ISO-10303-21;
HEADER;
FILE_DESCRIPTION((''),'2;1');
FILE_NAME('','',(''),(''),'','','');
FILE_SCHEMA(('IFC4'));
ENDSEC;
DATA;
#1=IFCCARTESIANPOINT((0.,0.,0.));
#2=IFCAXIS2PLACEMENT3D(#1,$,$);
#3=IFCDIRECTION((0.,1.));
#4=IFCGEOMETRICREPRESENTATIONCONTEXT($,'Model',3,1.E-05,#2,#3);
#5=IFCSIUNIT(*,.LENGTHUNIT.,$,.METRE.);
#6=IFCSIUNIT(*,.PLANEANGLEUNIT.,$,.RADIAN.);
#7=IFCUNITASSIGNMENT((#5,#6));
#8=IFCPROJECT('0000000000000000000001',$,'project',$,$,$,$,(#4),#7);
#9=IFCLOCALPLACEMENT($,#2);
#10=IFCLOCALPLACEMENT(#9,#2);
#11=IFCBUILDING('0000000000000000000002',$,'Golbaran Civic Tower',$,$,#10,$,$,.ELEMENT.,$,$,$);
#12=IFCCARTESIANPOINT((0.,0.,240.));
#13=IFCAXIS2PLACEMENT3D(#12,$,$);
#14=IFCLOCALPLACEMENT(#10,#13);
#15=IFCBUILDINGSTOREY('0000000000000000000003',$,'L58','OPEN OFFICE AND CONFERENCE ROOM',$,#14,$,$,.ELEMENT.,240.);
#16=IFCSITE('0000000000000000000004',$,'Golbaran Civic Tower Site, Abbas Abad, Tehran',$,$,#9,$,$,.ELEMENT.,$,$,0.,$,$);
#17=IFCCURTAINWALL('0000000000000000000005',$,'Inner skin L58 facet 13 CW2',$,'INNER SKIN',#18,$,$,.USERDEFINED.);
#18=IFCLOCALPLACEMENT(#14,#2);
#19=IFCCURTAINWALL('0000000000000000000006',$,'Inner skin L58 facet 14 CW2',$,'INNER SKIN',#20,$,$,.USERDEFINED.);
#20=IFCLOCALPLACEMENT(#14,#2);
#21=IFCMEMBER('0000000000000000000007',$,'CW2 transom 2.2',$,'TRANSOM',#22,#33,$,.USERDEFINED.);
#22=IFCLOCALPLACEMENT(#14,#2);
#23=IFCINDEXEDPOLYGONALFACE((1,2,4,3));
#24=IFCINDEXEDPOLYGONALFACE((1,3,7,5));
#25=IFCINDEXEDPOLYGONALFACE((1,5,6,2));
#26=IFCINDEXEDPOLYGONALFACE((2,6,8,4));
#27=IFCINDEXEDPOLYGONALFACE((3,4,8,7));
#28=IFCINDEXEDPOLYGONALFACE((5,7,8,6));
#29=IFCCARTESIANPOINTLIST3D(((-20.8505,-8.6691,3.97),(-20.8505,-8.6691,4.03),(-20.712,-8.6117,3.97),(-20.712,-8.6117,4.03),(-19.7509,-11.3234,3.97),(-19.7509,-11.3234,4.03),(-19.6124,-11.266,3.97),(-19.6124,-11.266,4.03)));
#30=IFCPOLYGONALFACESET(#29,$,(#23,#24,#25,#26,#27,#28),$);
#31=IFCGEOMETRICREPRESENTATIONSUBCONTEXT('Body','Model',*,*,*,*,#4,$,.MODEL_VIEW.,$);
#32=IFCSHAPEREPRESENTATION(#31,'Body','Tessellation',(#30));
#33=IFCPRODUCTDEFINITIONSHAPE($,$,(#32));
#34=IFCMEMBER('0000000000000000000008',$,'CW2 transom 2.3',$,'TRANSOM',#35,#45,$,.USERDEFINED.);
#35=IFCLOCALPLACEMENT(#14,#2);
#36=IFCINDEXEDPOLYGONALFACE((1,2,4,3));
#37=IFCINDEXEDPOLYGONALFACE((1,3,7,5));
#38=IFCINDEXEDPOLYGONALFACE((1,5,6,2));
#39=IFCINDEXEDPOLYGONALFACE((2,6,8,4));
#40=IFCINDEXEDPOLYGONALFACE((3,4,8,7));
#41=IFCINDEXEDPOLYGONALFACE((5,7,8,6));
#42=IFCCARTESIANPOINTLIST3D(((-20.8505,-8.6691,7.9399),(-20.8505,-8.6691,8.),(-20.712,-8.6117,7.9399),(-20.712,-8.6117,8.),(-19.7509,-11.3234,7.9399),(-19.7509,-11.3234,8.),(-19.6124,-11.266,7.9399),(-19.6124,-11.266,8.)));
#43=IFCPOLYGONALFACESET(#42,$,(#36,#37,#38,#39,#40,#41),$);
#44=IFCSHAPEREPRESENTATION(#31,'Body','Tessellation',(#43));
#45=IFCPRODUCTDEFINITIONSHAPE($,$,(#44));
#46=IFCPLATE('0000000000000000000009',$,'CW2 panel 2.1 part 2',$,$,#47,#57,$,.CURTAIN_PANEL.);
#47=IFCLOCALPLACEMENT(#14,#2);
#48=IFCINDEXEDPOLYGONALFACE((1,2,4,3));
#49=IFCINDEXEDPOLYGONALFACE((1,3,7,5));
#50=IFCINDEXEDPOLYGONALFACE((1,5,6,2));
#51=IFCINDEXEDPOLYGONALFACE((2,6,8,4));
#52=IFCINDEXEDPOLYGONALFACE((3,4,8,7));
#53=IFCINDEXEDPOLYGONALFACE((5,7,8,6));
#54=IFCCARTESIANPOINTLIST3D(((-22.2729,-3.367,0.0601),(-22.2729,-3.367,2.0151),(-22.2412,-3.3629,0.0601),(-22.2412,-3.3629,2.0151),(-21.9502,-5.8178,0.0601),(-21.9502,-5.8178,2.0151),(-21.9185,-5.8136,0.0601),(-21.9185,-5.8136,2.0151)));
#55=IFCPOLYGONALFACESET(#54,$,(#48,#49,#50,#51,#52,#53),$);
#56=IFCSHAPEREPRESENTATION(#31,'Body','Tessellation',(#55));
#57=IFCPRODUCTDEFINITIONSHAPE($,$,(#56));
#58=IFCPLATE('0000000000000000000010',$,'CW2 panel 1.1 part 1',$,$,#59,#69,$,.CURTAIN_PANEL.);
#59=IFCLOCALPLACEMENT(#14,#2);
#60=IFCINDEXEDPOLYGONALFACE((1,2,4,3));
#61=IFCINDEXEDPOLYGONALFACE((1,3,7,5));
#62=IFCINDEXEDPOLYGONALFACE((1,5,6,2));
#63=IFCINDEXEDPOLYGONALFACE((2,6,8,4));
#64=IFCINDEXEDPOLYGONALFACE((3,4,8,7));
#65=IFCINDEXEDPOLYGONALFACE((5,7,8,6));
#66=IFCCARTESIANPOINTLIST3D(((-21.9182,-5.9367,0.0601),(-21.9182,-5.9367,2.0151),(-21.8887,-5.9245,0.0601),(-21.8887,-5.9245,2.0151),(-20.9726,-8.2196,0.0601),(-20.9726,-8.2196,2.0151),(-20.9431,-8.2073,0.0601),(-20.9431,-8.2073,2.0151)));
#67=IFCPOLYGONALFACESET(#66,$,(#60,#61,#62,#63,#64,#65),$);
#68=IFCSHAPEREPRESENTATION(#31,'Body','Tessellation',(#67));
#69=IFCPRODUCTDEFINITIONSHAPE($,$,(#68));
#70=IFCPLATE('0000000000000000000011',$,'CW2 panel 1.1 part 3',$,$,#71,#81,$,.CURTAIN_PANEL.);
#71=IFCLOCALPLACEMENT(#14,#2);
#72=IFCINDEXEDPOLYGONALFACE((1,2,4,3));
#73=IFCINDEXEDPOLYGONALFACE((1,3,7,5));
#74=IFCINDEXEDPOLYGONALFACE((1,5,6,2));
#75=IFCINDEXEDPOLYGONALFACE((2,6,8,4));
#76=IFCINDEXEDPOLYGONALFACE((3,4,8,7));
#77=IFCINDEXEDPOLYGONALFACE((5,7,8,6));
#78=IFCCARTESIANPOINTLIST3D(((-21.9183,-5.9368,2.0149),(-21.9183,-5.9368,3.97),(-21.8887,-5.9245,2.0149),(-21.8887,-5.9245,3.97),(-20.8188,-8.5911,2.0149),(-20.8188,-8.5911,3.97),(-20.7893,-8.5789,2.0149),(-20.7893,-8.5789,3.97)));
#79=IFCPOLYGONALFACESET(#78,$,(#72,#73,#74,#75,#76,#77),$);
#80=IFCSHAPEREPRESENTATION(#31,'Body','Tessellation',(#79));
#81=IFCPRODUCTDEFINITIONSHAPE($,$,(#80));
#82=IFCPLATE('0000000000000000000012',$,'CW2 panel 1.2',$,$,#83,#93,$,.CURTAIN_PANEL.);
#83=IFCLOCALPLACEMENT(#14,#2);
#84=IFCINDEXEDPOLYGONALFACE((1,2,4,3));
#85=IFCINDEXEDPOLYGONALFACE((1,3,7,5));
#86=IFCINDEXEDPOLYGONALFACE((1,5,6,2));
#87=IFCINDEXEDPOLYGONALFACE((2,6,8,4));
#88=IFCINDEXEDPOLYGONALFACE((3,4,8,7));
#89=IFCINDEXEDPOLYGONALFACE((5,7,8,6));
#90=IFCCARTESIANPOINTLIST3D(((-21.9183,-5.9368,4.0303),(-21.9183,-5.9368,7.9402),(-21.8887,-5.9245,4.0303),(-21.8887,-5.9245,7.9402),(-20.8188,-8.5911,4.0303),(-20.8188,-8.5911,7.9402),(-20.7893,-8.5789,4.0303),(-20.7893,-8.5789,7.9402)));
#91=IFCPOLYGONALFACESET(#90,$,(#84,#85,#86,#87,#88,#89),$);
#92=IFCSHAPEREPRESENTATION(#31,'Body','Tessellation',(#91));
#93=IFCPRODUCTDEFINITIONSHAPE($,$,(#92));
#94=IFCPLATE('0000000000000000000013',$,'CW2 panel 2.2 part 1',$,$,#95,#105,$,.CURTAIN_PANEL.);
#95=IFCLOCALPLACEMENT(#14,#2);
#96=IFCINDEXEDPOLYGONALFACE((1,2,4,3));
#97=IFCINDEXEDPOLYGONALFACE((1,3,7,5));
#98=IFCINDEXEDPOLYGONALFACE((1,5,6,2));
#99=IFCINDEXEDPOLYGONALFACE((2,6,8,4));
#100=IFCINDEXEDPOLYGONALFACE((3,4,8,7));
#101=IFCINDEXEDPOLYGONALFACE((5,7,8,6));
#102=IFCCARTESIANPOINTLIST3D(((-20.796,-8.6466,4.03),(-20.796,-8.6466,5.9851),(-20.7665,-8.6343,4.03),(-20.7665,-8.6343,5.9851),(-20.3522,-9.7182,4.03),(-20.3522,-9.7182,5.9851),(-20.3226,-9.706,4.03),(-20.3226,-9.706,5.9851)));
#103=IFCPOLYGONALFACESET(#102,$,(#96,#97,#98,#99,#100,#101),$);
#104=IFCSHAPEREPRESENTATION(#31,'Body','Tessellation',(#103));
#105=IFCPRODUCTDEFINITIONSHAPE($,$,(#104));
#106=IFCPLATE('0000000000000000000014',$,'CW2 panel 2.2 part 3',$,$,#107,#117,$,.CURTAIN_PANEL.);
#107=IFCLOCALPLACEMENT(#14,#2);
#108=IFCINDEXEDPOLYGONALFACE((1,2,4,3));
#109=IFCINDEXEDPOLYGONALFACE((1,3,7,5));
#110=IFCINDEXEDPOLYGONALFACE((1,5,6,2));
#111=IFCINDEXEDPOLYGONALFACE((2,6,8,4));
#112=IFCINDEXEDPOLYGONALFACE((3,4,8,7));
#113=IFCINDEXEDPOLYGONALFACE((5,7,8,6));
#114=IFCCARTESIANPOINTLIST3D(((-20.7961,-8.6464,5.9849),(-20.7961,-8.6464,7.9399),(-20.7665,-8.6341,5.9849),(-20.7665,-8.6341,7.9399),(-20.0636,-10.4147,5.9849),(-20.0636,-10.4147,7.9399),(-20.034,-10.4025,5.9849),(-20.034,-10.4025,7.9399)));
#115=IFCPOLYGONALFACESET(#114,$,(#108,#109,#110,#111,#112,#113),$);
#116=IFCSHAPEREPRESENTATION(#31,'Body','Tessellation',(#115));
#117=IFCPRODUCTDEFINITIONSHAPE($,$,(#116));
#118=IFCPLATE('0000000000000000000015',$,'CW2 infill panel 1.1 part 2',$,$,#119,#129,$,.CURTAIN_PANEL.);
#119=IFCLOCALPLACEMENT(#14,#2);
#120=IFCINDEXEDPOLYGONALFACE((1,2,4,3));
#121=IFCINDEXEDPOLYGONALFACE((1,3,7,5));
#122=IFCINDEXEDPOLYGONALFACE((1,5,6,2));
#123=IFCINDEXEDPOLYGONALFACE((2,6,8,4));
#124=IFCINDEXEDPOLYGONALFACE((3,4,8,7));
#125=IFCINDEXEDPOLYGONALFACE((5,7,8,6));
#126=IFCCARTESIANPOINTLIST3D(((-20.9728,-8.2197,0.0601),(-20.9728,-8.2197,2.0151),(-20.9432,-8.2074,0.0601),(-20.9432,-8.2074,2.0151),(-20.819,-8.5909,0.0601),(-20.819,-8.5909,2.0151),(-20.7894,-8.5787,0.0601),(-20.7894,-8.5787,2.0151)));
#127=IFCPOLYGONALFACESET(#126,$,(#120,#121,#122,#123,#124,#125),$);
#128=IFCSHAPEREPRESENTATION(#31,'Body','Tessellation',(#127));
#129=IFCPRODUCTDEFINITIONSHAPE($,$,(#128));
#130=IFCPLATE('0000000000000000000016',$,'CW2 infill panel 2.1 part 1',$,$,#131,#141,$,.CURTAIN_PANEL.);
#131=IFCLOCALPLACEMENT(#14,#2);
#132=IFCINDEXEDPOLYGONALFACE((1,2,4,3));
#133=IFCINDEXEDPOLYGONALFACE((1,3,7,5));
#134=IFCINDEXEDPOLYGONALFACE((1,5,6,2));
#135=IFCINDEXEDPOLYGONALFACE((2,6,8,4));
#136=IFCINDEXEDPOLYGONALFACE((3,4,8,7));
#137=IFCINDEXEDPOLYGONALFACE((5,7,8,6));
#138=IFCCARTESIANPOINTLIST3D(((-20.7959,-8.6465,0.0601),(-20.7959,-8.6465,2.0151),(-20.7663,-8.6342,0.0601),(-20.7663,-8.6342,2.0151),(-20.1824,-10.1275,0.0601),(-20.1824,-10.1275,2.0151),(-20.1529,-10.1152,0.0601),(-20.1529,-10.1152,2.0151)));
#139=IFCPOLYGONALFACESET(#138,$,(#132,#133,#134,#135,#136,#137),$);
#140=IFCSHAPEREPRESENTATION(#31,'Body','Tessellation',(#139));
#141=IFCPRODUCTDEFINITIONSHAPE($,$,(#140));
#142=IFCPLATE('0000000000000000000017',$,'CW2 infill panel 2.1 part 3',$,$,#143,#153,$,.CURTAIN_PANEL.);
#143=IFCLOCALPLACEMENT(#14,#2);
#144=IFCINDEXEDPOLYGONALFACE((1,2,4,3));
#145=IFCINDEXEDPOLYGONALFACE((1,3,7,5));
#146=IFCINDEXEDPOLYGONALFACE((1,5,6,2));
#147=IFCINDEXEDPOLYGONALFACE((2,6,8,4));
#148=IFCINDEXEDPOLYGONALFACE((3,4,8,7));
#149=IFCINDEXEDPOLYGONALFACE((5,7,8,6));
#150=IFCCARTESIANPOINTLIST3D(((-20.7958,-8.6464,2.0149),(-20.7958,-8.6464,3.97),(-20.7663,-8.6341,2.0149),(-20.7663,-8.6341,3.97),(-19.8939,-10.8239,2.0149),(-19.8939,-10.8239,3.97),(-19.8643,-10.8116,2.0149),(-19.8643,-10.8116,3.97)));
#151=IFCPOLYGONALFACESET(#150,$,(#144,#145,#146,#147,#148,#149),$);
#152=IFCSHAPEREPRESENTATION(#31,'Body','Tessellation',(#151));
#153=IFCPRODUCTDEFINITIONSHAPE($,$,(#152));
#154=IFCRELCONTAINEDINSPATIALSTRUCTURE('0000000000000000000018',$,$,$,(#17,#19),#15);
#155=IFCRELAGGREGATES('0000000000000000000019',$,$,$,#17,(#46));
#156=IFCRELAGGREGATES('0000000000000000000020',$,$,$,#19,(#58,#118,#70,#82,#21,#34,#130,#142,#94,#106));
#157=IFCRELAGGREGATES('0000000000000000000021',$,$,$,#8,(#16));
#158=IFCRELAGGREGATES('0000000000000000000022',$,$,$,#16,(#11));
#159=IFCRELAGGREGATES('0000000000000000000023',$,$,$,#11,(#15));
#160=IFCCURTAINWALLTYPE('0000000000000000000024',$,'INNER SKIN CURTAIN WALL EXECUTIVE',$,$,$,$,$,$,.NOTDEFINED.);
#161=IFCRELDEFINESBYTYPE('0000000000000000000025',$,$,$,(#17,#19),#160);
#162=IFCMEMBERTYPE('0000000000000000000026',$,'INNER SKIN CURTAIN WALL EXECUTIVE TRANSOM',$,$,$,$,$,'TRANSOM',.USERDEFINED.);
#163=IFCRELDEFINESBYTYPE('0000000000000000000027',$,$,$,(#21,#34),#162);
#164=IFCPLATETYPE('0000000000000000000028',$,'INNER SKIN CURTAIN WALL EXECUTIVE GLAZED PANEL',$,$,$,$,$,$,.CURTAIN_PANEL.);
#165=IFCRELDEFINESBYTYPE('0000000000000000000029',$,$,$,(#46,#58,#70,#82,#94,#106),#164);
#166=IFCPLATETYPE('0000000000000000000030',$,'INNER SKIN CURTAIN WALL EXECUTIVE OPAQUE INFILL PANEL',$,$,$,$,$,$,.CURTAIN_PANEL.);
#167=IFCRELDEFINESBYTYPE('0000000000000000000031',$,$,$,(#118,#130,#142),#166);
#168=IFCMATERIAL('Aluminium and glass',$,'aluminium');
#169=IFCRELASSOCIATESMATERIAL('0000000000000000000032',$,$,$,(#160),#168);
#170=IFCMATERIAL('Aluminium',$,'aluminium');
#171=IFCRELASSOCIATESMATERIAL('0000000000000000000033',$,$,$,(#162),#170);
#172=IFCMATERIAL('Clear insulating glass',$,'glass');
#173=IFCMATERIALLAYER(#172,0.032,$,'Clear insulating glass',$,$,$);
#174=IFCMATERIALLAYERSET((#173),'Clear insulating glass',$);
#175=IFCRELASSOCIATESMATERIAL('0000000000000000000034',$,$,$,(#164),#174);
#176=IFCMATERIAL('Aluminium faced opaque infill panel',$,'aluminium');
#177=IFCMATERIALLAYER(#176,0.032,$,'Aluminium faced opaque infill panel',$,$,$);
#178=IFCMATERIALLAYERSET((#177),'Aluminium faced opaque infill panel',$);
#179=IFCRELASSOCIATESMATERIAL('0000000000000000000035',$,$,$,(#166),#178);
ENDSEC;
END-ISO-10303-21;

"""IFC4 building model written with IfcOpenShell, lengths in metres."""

from ifc_helpers import new_model, si_unit, direction, frame, origin, origin_2d, place, context, subcontext, project, spatial, rectangle, extrude, material, layer, layer_set, material_profile, profile_set, type_object, element, aggregate, save


model = new_model("IFC4")

# Units and contexts
model_context = context("Model", 3, precision=1e-05, world=origin(), true_north=direction((0.0, 1.0)))
body_context = subcontext(model_context, "Body", "Model", "MODEL_VIEW")
ifc_project = project(units=[si_unit("LENGTHUNIT", "METRE"), si_unit("PLANEANGLEUNIT", "RADIAN")], contexts=[model_context])

# Site, building, storey
site_placement = place(None, origin())
site = spatial("IfcSite", under=ifc_project, at=site_placement, Name="Golbaran Civic Tower Site, Abbas Abad, Tehran", CompositionType="ELEMENT", RefElevation=0.0)
building_placement = place(site_placement, origin())
building = spatial("IfcBuilding", under=site, at=building_placement, Name="Golbaran Civic Tower", CompositionType="ELEMENT")
storey_placement = place(building_placement, frame((0.0, 0.0, 240.0)))
storey = spatial("IfcBuildingStorey", under=building, at=storey_placement, Name="L58", Description="OPEN OFFICE AND CONFERENCE ROOM", CompositionType="ELEMENT", Elevation=240.0)

# Curtain wall
ifc_material_1 = material(Name="Aluminium and glass", Category="aluminium")
curtain_wall_type = type_object("IfcCurtainWallType", Name="INNER SKIN CURTAIN WALL EXECUTIVE", PredefinedType="NOTDEFINED", material=ifc_material_1)
curtain_wall_1_placement = place(storey_placement, origin())
curtain_wall_1 = element("IfcCurtainWall", 1, at=curtain_wall_1_placement, inside=storey, type_object=curtain_wall_type, Name="Inner skin L58 facet 13 CW2", ObjectType="INNER SKIN", PredefinedType="USERDEFINED")
ifc_material_2 = material(Name="Aluminium", Category="aluminium")

# Curtain wall, members
curtain_wall_2_placement = place(storey_placement, origin())
curtain_wall_2 = element("IfcCurtainWall", 2, at=curtain_wall_2_placement, inside=storey, type_object=curtain_wall_type, Name="Inner skin L58 facet 14 CW2", ObjectType="INNER SKIN", PredefinedType="USERDEFINED")
ifc_material_profile_1 = material_profile(ifc_material_2, rectangle(XDim=0.1499, YDim=0.0601, at=origin_2d()), Name="INNER SKIN CURTAIN WALL EXECUTIVE TRANSOM")
ifc_profile_set_1 = profile_set([ifc_material_profile_1], Name="Aluminium")
member_type_1 = type_object("IfcMemberType", Name="INNER SKIN CURTAIN WALL EXECUTIVE TRANSOM", ElementType="TRANSOM", PredefinedType="USERDEFINED", material=ifc_profile_set_1)
member_1_placement = place(storey_placement, frame((-20.7812, -8.6404, 4.0), z_axis=(0.382732, -0.923859, 0.0), x_axis=(0.923859, 0.382732, 0.0)))
member_1 = element("IfcMember", 3, at=member_1_placement, type_object=member_type_1, Name="CW2 transom 2.2", ObjectType="TRANSOM", PredefinedType="USERDEFINED", context=body_context, shape_type="SweptSolid", body=[
    extrude(rectangle(XDim=0.1499, YDim=0.0601, at=origin_2d()), origin(), (0.0, 0.0, 1.0), 2.873),
])
member_2_placement = place(storey_placement, frame((-20.7812, -8.6404, 7.97), z_axis=(0.382732, -0.923859, 0.0), x_axis=(0.923859, 0.382732, 0.0)))
member_2 = element("IfcMember", 4, at=member_2_placement, type_object=member_type_1, Name="CW2 transom 2.3", ObjectType="TRANSOM", PredefinedType="USERDEFINED", context=body_context, shape_type="SweptSolid", body=[
    extrude(rectangle(XDim=0.1499, YDim=0.0601, at=origin_2d()), origin(), (0.0, 0.0, 1.0), 2.873),
])

# Plates
ifc_material_3 = material(Name="Clear insulating glass", Category="glass")
ifc_layer_1 = layer(ifc_material_3, 0.032, Name="Clear insulating glass")
ifc_layer_set_1 = layer_set([ifc_layer_1], Name="Clear insulating glass")
plate_type_1 = type_object("IfcPlateType", Name="INNER SKIN CURTAIN WALL EXECUTIVE GLAZED PANEL", PredefinedType="CURTAIN_PANEL", material=ifc_layer_set_1)
plate_1_placement = place(storey_placement, frame((-22.0957, -4.5903, 0.0601), z_axis=(0.0, 0.0, 1.0), x_axis=(0.130526, -0.991445, 0.0)))
plate_1 = element("IfcPlate", 5, at=plate_1_placement, type_object=plate_type_1, Name="CW2 panel 2.1 part 2", PredefinedType="CURTAIN_PANEL", context=body_context, shape_type="SweptSolid", body=[
    extrude(rectangle(XDim=2.4719, YDim=0.032, at=origin_2d()), origin(), (0.0, 0.0, 1.0), 1.9551),
])
aggregate(curtain_wall_1, [plate_1])
plate_2_placement = place(storey_placement, frame((-21.4307, -7.072, 0.0601), z_axis=(0.0, 0.0, 1.0), x_axis=(0.382683, -0.92388, 0.0)))
plate_2 = element("IfcPlate", 6, at=plate_2_placement, type_object=plate_type_1, Name="CW2 panel 1.1 part 1", PredefinedType="CURTAIN_PANEL", context=body_context, shape_type="SweptSolid", body=[
    extrude(rectangle(XDim=2.4709, YDim=0.032, at=origin_2d()), origin(), (0.0, 0.0, 1.0), 1.9551),
])
plate_3_placement = place(storey_placement, frame((-21.3538, -7.2578, 2.0149), z_axis=(0.0, 0.0, 1.0), x_axis=(0.382683, -0.92388, 0.0)))
plate_3 = element("IfcPlate", 7, at=plate_3_placement, type_object=plate_type_1, Name="CW2 panel 1.1 part 3", PredefinedType="CURTAIN_PANEL", context=body_context, shape_type="SweptSolid", body=[
    extrude(rectangle(XDim=2.873, YDim=0.032, at=origin_2d()), origin(), (0.0, 0.0, 1.0), 1.9551),
])
plate_4_placement = place(storey_placement, frame((-21.3538, -7.2578, 4.0303), z_axis=(0.0, 0.0, 1.0), x_axis=(0.382683, -0.92388, 0.0)))
plate_4 = element("IfcPlate", 8, at=plate_4_placement, type_object=plate_type_1, Name="CW2 panel 1.2", PredefinedType="CURTAIN_PANEL", context=body_context, shape_type="SweptSolid", body=[
    extrude(rectangle(XDim=2.873, YDim=0.032, at=origin_2d()), origin(), (0.0, 0.0, 1.0), 3.9099),
])
plate_5_placement = place(storey_placement, frame((-20.5593, -9.1763, 4.03), z_axis=(0.0, 0.0, 1.0), x_axis=(0.382683, -0.92388, 0.0)))
plate_5 = element("IfcPlate", 9, at=plate_5_placement, type_object=plate_type_1, Name="CW2 panel 2.2 part 1", PredefinedType="CURTAIN_PANEL", context=body_context, shape_type="SweptSolid", body=[
    extrude(rectangle(XDim=1.1599, YDim=0.032, at=origin_2d()), origin(), (0.0, 0.0, 1.0), 1.9551),
])
plate_6_placement = place(storey_placement, frame((-20.415, -9.5244, 5.9849), z_axis=(0.0, 0.0, 1.0), x_axis=(0.382683, -0.92388, 0.0)))
plate_6 = element("IfcPlate", 10, at=plate_6_placement, type_object=plate_type_1, Name="CW2 panel 2.2 part 3", PredefinedType="CURTAIN_PANEL", context=body_context, shape_type="SweptSolid", body=[
    extrude(rectangle(XDim=1.9141, YDim=0.032, at=origin_2d()), origin(), (0.0, 0.0, 1.0), 1.9551),
])
ifc_material_4 = material(Name="Aluminium faced opaque infill panel", Category="aluminium")
ifc_layer_2 = layer(ifc_material_4, 0.032, Name="Aluminium faced opaque infill panel")
ifc_layer_set_2 = layer_set([ifc_layer_2], Name="Aluminium faced opaque infill panel")
plate_type_2 = type_object("IfcPlateType", Name="INNER SKIN CURTAIN WALL EXECUTIVE OPAQUE INFILL PANEL", PredefinedType="CURTAIN_PANEL", material=ifc_layer_set_2)
plate_7_placement = place(storey_placement, frame((-20.8811, -8.3992, 0.0601), z_axis=(0.0, 0.0, 1.0), x_axis=(0.382683, -0.92388, 0.0)))
plate_7 = element("IfcPlate", 11, at=plate_7_placement, type_object=plate_type_2, Name="CW2 infill panel 1.1 part 2", PredefinedType="CURTAIN_PANEL", context=body_context, shape_type="SweptSolid", body=[
    extrude(rectangle(XDim=0.4019, YDim=0.032, at=origin_2d()), origin(), (0.0, 0.0, 1.0), 1.9551),
])
plate_8_placement = place(storey_placement, frame((-20.4744, -9.3809, 0.0601), z_axis=(0.0, 0.0, 1.0), x_axis=(0.382683, -0.92388, 0.0)))
plate_8 = element("IfcPlate", 12, at=plate_8_placement, type_object=plate_type_2, Name="CW2 infill panel 2.1 part 1", PredefinedType="CURTAIN_PANEL", context=body_context, shape_type="SweptSolid", body=[
    extrude(rectangle(XDim=1.603, YDim=0.032, at=origin_2d()), origin(), (0.0, 0.0, 1.0), 1.9551),
])
plate_9_placement = place(storey_placement, frame((-20.3301, -9.729, 2.0149), z_axis=(0.0, 0.0, 1.0), x_axis=(0.382683, -0.92388, 0.0)))
plate_9 = element("IfcPlate", 13, at=plate_9_placement, type_object=plate_type_2, Name="CW2 infill panel 2.1 part 3", PredefinedType="CURTAIN_PANEL", context=body_context, shape_type="SweptSolid", body=[
    extrude(rectangle(XDim=2.3569, YDim=0.032, at=origin_2d()), origin(), (0.0, 0.0, 1.0), 1.9551),
])
aggregate(curtain_wall_2, [plate_2, plate_7, plate_3, plate_4, member_1, member_2, plate_8, plate_9, plate_5, plate_6])

save(model, "model.ifc")
